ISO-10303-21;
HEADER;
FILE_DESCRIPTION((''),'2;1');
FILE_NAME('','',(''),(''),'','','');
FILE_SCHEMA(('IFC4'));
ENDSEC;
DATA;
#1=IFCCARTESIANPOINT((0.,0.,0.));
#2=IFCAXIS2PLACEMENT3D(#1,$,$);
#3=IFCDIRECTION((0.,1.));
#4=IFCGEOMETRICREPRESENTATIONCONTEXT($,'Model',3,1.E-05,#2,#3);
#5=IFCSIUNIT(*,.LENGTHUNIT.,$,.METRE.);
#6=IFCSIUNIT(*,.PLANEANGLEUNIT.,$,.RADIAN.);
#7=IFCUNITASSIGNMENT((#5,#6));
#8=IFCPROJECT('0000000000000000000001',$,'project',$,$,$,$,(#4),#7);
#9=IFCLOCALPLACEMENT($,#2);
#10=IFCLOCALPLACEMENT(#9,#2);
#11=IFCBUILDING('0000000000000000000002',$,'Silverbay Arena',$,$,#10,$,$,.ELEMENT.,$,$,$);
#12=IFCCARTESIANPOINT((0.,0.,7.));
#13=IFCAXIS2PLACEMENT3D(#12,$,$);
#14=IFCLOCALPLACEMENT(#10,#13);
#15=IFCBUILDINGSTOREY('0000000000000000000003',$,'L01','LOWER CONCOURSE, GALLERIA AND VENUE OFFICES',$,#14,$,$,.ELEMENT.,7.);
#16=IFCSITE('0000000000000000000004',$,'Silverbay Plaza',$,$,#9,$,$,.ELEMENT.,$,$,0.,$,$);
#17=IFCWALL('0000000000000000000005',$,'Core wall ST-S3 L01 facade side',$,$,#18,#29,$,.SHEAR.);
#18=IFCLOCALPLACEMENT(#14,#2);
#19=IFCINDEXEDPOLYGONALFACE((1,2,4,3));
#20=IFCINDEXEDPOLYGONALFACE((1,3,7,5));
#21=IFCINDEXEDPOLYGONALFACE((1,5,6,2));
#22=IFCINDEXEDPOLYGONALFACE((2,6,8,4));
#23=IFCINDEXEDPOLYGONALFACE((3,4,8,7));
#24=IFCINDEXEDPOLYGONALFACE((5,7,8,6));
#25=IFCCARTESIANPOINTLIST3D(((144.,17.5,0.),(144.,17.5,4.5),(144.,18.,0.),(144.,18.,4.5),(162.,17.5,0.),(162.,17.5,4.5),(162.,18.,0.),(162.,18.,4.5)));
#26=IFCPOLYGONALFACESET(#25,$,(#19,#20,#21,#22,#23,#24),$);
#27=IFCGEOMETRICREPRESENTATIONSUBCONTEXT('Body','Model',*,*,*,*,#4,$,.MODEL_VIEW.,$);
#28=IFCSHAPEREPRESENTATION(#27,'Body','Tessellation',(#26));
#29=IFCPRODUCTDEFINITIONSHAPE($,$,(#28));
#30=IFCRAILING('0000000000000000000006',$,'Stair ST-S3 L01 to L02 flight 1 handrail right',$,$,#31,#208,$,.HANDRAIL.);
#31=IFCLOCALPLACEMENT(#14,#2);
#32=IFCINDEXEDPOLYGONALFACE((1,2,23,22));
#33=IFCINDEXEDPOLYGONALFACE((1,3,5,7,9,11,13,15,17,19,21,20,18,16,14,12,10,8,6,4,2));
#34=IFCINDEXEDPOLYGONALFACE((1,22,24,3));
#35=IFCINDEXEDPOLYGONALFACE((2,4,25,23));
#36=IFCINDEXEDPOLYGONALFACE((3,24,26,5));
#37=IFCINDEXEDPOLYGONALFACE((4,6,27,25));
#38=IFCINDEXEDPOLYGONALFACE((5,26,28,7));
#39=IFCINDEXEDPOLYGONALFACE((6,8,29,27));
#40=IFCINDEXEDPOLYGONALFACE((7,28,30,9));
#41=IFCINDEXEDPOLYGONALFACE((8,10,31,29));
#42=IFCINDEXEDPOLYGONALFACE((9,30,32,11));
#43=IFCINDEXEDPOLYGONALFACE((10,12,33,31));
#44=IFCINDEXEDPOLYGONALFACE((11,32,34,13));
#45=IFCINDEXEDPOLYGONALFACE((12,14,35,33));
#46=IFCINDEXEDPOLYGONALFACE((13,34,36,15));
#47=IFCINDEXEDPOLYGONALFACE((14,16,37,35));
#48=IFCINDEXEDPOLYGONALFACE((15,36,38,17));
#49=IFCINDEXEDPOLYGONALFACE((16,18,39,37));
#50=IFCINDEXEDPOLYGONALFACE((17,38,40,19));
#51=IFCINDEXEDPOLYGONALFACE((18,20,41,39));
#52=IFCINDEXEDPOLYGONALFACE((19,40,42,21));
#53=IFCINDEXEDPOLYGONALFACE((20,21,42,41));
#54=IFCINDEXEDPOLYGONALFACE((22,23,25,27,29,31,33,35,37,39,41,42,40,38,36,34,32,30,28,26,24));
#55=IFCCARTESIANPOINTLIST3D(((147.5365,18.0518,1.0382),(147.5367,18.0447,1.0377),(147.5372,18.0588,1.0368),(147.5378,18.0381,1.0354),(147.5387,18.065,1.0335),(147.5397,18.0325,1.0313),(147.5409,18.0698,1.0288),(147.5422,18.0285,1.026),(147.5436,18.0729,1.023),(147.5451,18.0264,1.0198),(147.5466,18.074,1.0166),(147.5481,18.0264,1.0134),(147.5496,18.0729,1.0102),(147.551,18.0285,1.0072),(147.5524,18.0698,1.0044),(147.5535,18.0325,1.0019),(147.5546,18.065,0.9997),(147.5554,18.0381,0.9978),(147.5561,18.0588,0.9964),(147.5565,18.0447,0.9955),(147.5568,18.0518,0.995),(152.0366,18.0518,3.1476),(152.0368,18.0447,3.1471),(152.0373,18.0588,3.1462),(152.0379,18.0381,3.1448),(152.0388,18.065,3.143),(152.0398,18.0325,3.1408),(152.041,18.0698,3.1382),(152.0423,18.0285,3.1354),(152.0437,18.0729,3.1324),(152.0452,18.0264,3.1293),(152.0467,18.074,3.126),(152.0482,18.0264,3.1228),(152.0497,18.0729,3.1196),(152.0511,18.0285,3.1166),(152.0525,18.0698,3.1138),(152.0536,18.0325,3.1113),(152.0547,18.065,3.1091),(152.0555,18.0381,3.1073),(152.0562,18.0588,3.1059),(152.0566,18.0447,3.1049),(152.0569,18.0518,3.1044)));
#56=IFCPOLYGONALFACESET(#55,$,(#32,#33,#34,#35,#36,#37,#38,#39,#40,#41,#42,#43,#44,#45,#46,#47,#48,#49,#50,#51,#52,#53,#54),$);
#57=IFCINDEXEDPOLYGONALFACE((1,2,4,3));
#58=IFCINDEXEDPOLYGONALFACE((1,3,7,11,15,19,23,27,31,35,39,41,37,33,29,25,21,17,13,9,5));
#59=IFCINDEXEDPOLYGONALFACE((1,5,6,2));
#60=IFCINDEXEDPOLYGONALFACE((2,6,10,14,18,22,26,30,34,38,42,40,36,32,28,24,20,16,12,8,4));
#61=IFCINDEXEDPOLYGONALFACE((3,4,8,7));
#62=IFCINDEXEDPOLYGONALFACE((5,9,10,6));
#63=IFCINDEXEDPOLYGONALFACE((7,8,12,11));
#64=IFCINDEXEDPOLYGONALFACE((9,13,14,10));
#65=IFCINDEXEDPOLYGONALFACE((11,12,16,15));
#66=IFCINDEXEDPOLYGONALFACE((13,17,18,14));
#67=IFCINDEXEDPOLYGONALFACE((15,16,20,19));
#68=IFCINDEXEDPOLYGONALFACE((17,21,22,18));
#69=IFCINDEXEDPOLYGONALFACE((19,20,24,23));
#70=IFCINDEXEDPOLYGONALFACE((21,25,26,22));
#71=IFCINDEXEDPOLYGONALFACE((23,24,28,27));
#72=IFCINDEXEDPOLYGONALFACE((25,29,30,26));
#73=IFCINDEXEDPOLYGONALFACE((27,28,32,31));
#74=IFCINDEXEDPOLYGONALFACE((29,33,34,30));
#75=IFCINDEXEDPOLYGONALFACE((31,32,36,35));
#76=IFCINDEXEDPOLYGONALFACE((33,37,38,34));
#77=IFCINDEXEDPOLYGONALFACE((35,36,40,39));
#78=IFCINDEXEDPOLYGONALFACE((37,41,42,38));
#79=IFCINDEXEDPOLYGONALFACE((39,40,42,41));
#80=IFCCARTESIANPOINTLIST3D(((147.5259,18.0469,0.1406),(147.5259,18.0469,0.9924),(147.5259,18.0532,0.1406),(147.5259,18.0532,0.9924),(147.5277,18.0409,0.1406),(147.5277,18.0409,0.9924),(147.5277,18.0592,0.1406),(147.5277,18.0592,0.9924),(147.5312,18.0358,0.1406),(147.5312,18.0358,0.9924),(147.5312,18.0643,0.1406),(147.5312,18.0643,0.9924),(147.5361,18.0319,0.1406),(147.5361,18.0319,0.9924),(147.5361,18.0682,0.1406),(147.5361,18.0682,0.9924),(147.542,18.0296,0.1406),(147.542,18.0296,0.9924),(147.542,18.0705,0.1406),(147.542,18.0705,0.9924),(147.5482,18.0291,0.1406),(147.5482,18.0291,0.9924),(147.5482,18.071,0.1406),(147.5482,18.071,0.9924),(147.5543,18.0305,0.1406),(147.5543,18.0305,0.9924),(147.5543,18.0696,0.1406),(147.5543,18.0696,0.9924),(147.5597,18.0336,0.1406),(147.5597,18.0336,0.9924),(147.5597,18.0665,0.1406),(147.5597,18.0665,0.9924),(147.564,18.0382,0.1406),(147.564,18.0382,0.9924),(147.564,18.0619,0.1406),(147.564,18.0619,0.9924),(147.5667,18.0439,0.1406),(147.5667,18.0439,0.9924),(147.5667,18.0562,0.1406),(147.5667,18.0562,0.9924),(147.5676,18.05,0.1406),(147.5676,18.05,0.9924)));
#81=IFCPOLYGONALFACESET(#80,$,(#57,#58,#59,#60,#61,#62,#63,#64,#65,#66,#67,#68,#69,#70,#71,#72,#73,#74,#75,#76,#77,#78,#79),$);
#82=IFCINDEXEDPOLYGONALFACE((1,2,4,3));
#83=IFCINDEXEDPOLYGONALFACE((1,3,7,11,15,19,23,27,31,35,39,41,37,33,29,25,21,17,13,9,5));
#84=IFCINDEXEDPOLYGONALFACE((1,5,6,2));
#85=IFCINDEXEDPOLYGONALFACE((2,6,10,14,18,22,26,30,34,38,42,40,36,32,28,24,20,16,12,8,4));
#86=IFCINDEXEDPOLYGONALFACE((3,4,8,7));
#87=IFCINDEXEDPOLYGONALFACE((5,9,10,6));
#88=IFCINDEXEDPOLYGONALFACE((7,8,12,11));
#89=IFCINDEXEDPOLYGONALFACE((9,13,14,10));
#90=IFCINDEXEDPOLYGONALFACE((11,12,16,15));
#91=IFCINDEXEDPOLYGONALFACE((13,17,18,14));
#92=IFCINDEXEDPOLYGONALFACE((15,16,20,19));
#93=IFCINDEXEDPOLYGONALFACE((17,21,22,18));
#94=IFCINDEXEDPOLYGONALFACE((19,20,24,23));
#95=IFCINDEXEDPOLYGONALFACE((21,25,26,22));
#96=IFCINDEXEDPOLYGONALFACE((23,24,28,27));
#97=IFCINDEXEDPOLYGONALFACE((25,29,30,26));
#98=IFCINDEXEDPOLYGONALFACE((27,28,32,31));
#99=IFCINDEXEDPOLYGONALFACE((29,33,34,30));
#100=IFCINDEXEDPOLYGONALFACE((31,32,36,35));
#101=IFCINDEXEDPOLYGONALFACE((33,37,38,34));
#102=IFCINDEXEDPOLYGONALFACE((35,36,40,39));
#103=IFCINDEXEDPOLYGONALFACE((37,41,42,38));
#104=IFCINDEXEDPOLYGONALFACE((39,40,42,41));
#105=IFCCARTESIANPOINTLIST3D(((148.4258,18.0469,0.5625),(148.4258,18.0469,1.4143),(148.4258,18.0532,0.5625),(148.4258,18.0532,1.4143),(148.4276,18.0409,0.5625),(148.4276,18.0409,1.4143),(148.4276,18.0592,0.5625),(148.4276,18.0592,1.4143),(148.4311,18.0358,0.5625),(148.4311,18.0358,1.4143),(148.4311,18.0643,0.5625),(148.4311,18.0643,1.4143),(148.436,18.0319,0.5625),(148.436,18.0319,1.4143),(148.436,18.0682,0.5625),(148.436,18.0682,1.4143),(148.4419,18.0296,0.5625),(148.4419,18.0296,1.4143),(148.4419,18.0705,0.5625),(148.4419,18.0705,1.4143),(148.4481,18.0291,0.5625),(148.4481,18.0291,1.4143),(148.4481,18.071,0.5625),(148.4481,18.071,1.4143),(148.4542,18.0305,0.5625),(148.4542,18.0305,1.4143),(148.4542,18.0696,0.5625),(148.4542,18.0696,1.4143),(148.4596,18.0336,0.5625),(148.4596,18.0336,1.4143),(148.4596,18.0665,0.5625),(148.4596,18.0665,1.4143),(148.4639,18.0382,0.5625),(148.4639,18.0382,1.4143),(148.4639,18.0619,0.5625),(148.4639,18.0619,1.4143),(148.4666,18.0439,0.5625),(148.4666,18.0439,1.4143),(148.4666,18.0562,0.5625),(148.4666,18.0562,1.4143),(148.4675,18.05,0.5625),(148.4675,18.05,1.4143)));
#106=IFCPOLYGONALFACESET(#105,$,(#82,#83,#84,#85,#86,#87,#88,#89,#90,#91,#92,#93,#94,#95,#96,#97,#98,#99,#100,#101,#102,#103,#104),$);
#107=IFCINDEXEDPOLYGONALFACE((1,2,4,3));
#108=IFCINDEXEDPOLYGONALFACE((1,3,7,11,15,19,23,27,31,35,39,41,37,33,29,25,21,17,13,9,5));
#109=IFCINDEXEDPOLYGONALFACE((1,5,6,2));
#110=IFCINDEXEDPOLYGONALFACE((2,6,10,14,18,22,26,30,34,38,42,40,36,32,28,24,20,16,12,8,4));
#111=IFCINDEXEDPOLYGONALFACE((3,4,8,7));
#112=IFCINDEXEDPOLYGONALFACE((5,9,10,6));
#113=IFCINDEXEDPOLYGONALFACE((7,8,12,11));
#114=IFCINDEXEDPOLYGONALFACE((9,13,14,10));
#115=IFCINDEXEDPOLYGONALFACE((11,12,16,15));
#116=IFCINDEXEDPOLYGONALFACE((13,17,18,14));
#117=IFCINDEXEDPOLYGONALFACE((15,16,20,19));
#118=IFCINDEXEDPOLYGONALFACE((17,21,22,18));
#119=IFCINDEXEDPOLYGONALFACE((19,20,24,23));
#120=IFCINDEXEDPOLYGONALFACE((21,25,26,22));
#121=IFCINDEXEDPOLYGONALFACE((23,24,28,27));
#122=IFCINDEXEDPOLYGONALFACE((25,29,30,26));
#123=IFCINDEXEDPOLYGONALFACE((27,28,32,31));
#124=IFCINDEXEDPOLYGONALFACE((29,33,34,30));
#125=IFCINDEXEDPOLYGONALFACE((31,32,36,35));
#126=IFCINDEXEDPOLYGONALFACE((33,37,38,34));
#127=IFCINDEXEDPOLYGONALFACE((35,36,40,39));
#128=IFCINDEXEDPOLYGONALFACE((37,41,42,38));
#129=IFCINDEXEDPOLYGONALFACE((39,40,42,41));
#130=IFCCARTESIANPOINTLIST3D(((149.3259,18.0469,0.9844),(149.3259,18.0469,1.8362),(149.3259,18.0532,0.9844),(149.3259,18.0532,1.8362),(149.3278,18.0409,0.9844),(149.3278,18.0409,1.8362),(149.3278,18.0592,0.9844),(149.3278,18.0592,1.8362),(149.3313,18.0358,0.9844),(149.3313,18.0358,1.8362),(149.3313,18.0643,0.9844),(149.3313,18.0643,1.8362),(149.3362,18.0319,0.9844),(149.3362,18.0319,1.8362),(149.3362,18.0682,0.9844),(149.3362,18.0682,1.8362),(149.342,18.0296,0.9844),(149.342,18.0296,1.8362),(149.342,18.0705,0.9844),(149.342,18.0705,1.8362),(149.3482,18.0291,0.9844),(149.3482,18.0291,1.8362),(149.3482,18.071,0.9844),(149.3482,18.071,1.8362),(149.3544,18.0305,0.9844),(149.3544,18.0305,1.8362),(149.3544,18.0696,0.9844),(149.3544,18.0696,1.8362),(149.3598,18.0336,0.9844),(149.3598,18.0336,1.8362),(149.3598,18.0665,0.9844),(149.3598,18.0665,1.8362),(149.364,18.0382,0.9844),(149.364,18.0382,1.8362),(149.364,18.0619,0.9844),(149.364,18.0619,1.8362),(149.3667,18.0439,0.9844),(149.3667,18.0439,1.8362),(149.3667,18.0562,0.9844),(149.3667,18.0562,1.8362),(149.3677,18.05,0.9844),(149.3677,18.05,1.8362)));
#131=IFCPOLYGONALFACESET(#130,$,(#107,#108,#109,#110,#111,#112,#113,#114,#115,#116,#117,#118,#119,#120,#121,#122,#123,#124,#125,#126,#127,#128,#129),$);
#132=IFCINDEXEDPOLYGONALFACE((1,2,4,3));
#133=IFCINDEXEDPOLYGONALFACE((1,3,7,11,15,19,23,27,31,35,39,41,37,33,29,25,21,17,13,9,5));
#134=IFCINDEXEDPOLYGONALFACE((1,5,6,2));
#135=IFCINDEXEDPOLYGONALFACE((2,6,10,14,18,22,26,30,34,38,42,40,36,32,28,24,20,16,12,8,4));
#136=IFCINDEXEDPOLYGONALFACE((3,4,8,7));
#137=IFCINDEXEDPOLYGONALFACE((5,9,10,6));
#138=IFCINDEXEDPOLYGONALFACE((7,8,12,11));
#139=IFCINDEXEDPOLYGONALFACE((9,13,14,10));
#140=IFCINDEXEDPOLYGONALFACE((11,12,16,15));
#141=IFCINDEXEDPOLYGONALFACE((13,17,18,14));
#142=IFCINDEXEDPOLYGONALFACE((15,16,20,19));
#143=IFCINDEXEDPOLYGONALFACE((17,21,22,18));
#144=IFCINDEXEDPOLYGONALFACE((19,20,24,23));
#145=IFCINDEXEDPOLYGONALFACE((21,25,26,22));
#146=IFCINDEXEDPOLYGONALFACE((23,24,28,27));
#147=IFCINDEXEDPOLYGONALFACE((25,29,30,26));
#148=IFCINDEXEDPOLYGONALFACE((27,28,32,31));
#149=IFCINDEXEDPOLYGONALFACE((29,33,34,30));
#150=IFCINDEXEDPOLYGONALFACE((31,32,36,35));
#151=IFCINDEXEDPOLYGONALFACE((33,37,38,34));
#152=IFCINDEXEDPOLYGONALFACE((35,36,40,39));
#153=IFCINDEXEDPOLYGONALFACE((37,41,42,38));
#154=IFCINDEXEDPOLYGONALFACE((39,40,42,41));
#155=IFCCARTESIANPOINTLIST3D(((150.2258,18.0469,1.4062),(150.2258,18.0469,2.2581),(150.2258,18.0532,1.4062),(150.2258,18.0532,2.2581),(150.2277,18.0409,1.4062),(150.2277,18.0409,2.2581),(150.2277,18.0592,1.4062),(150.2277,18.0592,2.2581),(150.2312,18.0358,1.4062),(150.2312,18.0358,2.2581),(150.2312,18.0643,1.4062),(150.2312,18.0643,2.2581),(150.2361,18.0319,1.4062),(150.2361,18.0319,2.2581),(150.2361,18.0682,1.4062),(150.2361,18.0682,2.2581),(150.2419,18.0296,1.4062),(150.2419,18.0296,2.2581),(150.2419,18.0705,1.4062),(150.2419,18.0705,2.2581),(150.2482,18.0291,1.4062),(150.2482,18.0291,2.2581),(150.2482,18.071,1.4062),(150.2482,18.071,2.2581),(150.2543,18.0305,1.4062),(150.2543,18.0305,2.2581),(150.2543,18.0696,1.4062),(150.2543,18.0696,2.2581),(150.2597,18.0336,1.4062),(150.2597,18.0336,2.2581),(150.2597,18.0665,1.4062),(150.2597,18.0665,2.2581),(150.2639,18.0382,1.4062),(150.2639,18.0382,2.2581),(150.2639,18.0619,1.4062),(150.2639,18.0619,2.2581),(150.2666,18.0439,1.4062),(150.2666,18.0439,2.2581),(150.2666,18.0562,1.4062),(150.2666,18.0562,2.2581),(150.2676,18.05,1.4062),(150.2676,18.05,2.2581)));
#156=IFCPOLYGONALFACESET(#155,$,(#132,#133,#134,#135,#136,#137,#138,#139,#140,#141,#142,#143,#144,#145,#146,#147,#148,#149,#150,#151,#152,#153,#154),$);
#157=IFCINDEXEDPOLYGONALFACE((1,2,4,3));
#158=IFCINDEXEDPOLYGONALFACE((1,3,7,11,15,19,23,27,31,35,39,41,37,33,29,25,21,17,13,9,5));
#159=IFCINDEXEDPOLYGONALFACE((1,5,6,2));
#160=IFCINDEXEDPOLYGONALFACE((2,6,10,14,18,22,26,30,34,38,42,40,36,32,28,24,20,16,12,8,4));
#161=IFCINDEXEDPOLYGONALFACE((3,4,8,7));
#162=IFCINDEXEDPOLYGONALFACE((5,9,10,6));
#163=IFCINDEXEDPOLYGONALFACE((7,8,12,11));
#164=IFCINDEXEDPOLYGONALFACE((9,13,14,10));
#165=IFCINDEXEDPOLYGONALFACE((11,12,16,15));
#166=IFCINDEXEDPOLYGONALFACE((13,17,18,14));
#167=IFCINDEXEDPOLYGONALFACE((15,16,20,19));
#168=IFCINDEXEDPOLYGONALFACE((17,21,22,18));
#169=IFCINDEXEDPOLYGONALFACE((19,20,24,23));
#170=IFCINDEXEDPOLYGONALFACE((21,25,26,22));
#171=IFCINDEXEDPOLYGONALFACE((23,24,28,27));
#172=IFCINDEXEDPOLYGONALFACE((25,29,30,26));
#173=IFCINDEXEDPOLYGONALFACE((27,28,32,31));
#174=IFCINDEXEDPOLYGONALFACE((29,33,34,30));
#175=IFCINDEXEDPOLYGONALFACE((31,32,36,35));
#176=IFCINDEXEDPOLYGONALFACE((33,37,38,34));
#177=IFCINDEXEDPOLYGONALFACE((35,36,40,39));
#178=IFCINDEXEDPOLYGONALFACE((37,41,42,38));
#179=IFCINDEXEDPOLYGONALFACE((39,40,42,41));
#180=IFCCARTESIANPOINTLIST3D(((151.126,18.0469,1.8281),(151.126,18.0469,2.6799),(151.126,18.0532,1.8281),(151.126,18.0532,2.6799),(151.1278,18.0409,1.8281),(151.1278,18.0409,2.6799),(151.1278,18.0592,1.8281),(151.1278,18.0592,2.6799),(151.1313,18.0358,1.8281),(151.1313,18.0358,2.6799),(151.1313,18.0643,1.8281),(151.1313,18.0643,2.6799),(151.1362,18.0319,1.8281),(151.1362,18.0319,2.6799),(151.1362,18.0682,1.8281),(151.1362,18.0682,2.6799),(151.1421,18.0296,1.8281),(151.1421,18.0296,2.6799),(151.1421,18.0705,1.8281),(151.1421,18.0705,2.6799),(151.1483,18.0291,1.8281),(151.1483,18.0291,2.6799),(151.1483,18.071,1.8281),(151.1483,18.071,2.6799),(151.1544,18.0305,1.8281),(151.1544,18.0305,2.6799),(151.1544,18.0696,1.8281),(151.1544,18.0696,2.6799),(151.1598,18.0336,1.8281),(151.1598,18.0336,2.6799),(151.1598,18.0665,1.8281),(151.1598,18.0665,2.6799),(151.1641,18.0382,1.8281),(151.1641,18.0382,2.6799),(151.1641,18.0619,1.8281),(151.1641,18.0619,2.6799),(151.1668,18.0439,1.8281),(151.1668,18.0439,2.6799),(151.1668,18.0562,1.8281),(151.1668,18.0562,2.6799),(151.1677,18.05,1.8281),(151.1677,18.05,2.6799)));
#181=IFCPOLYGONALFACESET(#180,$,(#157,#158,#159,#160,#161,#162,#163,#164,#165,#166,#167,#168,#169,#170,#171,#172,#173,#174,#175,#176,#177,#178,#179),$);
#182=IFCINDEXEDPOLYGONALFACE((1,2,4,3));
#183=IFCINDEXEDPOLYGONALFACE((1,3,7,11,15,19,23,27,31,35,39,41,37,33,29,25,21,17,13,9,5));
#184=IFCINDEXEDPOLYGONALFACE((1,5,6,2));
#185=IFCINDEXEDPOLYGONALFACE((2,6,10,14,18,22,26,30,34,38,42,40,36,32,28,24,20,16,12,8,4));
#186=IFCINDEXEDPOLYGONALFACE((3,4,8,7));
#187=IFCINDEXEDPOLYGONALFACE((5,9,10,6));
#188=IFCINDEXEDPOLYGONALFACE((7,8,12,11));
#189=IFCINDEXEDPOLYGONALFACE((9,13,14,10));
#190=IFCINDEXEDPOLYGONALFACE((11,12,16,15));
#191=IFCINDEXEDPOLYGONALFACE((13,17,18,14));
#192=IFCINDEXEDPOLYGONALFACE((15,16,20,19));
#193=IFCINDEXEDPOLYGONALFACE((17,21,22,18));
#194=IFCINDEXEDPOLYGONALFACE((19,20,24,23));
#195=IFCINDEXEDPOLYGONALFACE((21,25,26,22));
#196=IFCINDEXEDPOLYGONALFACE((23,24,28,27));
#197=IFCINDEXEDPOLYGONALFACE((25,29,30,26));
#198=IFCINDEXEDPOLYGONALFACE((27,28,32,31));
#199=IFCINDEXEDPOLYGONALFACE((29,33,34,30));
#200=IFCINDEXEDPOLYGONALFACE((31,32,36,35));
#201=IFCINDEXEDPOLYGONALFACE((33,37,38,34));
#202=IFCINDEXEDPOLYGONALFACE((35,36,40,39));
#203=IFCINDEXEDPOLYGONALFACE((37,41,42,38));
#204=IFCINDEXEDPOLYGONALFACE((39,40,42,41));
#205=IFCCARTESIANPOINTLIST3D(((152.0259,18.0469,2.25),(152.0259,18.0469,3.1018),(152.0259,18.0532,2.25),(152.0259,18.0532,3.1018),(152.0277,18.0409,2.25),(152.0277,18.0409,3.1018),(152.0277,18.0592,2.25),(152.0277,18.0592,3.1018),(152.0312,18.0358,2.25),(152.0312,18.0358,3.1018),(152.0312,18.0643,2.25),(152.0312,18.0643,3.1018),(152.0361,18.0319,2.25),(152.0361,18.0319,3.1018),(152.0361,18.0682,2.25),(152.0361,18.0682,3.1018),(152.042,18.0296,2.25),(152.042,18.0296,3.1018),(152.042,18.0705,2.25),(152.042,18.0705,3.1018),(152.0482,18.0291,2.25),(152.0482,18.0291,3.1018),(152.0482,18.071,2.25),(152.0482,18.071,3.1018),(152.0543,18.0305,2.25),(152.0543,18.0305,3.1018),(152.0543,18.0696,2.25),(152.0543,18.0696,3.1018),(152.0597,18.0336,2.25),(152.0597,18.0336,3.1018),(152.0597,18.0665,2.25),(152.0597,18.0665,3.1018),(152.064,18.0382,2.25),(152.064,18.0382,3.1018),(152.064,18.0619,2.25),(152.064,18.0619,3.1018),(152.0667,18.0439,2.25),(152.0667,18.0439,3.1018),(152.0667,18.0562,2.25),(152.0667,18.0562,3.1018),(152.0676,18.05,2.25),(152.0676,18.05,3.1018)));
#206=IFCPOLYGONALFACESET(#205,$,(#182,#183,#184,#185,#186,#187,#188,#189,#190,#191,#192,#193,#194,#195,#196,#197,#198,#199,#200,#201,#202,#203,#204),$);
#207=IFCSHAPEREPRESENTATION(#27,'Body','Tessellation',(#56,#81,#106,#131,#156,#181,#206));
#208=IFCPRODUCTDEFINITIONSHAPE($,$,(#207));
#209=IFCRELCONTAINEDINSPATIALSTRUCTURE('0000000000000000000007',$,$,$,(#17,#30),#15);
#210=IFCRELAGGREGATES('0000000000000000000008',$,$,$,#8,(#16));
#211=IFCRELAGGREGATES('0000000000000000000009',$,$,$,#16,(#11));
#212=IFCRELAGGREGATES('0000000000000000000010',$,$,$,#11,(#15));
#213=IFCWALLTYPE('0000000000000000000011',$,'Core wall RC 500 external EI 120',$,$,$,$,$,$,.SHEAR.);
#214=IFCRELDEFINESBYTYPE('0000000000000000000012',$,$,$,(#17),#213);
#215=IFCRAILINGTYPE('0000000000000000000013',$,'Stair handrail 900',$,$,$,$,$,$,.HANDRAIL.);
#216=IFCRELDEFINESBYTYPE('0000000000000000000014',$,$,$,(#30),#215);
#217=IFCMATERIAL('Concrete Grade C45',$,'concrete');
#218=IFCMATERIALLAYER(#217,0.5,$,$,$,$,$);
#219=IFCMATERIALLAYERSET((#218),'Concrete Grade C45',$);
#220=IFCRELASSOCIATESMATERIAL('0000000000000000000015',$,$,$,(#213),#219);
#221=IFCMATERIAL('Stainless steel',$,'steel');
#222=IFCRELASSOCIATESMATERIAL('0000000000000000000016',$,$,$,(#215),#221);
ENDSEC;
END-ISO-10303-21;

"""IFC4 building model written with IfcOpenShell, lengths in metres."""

from ifc_helpers import new_model, si_unit, direction, frame, frame_2d, origin, origin_2d, place, context, subcontext, project, spatial, rectangle, circle, extrude, material, layer, layer_set, type_object, element, save


model = new_model("IFC4")

# Units and contexts
model_context = context("Model", 3, precision=1e-05, world=origin(), true_north=direction((0.0, 1.0)))
body_context = subcontext(model_context, "Body", "Model", "MODEL_VIEW")
ifc_project = project(units=[si_unit("LENGTHUNIT", "METRE"), si_unit("PLANEANGLEUNIT", "RADIAN")], contexts=[model_context])

# Site, building, storey
site_placement = place(None, origin())
site = spatial("IfcSite", under=ifc_project, at=site_placement, Name="Silverbay Plaza", CompositionType="ELEMENT", RefElevation=0.0)
building_placement = place(site_placement, origin())
building = spatial("IfcBuilding", under=site, at=building_placement, Name="Silverbay Arena", CompositionType="ELEMENT")
storey_placement = place(building_placement, frame((0.0, 0.0, 7.0)))
storey = spatial("IfcBuildingStorey", under=building, at=storey_placement, Name="L01", Description="LOWER CONCOURSE, GALLERIA AND VENUE OFFICES", CompositionType="ELEMENT", Elevation=7.0)

# Wall
ifc_material_1 = material(Name="Concrete Grade C45", Category="concrete")
ifc_layer_1 = layer(ifc_material_1, 0.5)
ifc_layer_set_1 = layer_set([ifc_layer_1], Name="Concrete Grade C45")
wall_type_1 = type_object("IfcWallType", Name="Core wall RC 500 external EI 120", PredefinedType="SHEAR", material=ifc_layer_set_1)
wall_1_placement = place(storey_placement, frame((144.0, 17.75, 0.0), z_axis=(0.0, 0.0, 1.0), x_axis=(1.0, 0.0, 0.0)))
element("IfcWall", 1, at=wall_1_placement, inside=storey, type_object=wall_type_1, Name="Core wall ST-S3 L01 facade side", PredefinedType="SHEAR", context=body_context, shape_type="SweptSolid", body=[
    extrude(rectangle(XDim=18.0, YDim=0.5, at=frame_2d((9.0, 0.0))), origin(), (0.0, 0.0, 1.0), 4.5),
])

# Railing
ifc_material_2 = material(Name="Stainless steel", Category="steel")
railing_type = type_object("IfcRailingType", Name="Stair handrail 900", PredefinedType="HANDRAIL", material=ifc_material_2)
railing_placement = place(storey_placement, frame((147.5466, 18.05, 0.1406)))
element("IfcRailing", 2, at=railing_placement, inside=storey, type_object=railing_type, Name="Stair ST-S3 L01 to L02 flight 1 handrail right", PredefinedType="HANDRAIL", context=body_context, shape_type="SweptSolid", body=[
    extrude(circle(Radius=0.0239, at=origin_2d()), frame((0.0, 0.0, 0.876), z_axis=(0.905459, 0.0, 0.424434), x_axis=(0.0, 1.0, 0.0)), (0.0, 0.0, 1.0), 4.97),
    extrude(circle(Radius=0.021, at=origin_2d()), origin(), (0.0, 0.0, 1.0), 0.8518),
    extrude(circle(Radius=0.021, at=origin_2d()), frame((0.8999, 0.0, 0.4219)), (0.0, 0.0, 1.0), 0.8518),
    extrude(circle(Radius=0.021, at=origin_2d()), frame((1.8, 0.0, 0.8438)), (0.0, 0.0, 1.0), 0.8518),
    extrude(circle(Radius=0.021, at=origin_2d()), frame((2.7, 0.0, 1.2656)), (0.0, 0.0, 1.0), 0.8518),
    extrude(circle(Radius=0.021, at=origin_2d()), frame((3.6001, 0.0, 1.6875)), (0.0, 0.0, 1.0), 0.8518),
    extrude(circle(Radius=0.021, at=origin_2d()), frame((4.5, 0.0, 2.1094)), (0.0, 0.0, 1.0), 0.8518),
])

save(model, "model.ifc")
